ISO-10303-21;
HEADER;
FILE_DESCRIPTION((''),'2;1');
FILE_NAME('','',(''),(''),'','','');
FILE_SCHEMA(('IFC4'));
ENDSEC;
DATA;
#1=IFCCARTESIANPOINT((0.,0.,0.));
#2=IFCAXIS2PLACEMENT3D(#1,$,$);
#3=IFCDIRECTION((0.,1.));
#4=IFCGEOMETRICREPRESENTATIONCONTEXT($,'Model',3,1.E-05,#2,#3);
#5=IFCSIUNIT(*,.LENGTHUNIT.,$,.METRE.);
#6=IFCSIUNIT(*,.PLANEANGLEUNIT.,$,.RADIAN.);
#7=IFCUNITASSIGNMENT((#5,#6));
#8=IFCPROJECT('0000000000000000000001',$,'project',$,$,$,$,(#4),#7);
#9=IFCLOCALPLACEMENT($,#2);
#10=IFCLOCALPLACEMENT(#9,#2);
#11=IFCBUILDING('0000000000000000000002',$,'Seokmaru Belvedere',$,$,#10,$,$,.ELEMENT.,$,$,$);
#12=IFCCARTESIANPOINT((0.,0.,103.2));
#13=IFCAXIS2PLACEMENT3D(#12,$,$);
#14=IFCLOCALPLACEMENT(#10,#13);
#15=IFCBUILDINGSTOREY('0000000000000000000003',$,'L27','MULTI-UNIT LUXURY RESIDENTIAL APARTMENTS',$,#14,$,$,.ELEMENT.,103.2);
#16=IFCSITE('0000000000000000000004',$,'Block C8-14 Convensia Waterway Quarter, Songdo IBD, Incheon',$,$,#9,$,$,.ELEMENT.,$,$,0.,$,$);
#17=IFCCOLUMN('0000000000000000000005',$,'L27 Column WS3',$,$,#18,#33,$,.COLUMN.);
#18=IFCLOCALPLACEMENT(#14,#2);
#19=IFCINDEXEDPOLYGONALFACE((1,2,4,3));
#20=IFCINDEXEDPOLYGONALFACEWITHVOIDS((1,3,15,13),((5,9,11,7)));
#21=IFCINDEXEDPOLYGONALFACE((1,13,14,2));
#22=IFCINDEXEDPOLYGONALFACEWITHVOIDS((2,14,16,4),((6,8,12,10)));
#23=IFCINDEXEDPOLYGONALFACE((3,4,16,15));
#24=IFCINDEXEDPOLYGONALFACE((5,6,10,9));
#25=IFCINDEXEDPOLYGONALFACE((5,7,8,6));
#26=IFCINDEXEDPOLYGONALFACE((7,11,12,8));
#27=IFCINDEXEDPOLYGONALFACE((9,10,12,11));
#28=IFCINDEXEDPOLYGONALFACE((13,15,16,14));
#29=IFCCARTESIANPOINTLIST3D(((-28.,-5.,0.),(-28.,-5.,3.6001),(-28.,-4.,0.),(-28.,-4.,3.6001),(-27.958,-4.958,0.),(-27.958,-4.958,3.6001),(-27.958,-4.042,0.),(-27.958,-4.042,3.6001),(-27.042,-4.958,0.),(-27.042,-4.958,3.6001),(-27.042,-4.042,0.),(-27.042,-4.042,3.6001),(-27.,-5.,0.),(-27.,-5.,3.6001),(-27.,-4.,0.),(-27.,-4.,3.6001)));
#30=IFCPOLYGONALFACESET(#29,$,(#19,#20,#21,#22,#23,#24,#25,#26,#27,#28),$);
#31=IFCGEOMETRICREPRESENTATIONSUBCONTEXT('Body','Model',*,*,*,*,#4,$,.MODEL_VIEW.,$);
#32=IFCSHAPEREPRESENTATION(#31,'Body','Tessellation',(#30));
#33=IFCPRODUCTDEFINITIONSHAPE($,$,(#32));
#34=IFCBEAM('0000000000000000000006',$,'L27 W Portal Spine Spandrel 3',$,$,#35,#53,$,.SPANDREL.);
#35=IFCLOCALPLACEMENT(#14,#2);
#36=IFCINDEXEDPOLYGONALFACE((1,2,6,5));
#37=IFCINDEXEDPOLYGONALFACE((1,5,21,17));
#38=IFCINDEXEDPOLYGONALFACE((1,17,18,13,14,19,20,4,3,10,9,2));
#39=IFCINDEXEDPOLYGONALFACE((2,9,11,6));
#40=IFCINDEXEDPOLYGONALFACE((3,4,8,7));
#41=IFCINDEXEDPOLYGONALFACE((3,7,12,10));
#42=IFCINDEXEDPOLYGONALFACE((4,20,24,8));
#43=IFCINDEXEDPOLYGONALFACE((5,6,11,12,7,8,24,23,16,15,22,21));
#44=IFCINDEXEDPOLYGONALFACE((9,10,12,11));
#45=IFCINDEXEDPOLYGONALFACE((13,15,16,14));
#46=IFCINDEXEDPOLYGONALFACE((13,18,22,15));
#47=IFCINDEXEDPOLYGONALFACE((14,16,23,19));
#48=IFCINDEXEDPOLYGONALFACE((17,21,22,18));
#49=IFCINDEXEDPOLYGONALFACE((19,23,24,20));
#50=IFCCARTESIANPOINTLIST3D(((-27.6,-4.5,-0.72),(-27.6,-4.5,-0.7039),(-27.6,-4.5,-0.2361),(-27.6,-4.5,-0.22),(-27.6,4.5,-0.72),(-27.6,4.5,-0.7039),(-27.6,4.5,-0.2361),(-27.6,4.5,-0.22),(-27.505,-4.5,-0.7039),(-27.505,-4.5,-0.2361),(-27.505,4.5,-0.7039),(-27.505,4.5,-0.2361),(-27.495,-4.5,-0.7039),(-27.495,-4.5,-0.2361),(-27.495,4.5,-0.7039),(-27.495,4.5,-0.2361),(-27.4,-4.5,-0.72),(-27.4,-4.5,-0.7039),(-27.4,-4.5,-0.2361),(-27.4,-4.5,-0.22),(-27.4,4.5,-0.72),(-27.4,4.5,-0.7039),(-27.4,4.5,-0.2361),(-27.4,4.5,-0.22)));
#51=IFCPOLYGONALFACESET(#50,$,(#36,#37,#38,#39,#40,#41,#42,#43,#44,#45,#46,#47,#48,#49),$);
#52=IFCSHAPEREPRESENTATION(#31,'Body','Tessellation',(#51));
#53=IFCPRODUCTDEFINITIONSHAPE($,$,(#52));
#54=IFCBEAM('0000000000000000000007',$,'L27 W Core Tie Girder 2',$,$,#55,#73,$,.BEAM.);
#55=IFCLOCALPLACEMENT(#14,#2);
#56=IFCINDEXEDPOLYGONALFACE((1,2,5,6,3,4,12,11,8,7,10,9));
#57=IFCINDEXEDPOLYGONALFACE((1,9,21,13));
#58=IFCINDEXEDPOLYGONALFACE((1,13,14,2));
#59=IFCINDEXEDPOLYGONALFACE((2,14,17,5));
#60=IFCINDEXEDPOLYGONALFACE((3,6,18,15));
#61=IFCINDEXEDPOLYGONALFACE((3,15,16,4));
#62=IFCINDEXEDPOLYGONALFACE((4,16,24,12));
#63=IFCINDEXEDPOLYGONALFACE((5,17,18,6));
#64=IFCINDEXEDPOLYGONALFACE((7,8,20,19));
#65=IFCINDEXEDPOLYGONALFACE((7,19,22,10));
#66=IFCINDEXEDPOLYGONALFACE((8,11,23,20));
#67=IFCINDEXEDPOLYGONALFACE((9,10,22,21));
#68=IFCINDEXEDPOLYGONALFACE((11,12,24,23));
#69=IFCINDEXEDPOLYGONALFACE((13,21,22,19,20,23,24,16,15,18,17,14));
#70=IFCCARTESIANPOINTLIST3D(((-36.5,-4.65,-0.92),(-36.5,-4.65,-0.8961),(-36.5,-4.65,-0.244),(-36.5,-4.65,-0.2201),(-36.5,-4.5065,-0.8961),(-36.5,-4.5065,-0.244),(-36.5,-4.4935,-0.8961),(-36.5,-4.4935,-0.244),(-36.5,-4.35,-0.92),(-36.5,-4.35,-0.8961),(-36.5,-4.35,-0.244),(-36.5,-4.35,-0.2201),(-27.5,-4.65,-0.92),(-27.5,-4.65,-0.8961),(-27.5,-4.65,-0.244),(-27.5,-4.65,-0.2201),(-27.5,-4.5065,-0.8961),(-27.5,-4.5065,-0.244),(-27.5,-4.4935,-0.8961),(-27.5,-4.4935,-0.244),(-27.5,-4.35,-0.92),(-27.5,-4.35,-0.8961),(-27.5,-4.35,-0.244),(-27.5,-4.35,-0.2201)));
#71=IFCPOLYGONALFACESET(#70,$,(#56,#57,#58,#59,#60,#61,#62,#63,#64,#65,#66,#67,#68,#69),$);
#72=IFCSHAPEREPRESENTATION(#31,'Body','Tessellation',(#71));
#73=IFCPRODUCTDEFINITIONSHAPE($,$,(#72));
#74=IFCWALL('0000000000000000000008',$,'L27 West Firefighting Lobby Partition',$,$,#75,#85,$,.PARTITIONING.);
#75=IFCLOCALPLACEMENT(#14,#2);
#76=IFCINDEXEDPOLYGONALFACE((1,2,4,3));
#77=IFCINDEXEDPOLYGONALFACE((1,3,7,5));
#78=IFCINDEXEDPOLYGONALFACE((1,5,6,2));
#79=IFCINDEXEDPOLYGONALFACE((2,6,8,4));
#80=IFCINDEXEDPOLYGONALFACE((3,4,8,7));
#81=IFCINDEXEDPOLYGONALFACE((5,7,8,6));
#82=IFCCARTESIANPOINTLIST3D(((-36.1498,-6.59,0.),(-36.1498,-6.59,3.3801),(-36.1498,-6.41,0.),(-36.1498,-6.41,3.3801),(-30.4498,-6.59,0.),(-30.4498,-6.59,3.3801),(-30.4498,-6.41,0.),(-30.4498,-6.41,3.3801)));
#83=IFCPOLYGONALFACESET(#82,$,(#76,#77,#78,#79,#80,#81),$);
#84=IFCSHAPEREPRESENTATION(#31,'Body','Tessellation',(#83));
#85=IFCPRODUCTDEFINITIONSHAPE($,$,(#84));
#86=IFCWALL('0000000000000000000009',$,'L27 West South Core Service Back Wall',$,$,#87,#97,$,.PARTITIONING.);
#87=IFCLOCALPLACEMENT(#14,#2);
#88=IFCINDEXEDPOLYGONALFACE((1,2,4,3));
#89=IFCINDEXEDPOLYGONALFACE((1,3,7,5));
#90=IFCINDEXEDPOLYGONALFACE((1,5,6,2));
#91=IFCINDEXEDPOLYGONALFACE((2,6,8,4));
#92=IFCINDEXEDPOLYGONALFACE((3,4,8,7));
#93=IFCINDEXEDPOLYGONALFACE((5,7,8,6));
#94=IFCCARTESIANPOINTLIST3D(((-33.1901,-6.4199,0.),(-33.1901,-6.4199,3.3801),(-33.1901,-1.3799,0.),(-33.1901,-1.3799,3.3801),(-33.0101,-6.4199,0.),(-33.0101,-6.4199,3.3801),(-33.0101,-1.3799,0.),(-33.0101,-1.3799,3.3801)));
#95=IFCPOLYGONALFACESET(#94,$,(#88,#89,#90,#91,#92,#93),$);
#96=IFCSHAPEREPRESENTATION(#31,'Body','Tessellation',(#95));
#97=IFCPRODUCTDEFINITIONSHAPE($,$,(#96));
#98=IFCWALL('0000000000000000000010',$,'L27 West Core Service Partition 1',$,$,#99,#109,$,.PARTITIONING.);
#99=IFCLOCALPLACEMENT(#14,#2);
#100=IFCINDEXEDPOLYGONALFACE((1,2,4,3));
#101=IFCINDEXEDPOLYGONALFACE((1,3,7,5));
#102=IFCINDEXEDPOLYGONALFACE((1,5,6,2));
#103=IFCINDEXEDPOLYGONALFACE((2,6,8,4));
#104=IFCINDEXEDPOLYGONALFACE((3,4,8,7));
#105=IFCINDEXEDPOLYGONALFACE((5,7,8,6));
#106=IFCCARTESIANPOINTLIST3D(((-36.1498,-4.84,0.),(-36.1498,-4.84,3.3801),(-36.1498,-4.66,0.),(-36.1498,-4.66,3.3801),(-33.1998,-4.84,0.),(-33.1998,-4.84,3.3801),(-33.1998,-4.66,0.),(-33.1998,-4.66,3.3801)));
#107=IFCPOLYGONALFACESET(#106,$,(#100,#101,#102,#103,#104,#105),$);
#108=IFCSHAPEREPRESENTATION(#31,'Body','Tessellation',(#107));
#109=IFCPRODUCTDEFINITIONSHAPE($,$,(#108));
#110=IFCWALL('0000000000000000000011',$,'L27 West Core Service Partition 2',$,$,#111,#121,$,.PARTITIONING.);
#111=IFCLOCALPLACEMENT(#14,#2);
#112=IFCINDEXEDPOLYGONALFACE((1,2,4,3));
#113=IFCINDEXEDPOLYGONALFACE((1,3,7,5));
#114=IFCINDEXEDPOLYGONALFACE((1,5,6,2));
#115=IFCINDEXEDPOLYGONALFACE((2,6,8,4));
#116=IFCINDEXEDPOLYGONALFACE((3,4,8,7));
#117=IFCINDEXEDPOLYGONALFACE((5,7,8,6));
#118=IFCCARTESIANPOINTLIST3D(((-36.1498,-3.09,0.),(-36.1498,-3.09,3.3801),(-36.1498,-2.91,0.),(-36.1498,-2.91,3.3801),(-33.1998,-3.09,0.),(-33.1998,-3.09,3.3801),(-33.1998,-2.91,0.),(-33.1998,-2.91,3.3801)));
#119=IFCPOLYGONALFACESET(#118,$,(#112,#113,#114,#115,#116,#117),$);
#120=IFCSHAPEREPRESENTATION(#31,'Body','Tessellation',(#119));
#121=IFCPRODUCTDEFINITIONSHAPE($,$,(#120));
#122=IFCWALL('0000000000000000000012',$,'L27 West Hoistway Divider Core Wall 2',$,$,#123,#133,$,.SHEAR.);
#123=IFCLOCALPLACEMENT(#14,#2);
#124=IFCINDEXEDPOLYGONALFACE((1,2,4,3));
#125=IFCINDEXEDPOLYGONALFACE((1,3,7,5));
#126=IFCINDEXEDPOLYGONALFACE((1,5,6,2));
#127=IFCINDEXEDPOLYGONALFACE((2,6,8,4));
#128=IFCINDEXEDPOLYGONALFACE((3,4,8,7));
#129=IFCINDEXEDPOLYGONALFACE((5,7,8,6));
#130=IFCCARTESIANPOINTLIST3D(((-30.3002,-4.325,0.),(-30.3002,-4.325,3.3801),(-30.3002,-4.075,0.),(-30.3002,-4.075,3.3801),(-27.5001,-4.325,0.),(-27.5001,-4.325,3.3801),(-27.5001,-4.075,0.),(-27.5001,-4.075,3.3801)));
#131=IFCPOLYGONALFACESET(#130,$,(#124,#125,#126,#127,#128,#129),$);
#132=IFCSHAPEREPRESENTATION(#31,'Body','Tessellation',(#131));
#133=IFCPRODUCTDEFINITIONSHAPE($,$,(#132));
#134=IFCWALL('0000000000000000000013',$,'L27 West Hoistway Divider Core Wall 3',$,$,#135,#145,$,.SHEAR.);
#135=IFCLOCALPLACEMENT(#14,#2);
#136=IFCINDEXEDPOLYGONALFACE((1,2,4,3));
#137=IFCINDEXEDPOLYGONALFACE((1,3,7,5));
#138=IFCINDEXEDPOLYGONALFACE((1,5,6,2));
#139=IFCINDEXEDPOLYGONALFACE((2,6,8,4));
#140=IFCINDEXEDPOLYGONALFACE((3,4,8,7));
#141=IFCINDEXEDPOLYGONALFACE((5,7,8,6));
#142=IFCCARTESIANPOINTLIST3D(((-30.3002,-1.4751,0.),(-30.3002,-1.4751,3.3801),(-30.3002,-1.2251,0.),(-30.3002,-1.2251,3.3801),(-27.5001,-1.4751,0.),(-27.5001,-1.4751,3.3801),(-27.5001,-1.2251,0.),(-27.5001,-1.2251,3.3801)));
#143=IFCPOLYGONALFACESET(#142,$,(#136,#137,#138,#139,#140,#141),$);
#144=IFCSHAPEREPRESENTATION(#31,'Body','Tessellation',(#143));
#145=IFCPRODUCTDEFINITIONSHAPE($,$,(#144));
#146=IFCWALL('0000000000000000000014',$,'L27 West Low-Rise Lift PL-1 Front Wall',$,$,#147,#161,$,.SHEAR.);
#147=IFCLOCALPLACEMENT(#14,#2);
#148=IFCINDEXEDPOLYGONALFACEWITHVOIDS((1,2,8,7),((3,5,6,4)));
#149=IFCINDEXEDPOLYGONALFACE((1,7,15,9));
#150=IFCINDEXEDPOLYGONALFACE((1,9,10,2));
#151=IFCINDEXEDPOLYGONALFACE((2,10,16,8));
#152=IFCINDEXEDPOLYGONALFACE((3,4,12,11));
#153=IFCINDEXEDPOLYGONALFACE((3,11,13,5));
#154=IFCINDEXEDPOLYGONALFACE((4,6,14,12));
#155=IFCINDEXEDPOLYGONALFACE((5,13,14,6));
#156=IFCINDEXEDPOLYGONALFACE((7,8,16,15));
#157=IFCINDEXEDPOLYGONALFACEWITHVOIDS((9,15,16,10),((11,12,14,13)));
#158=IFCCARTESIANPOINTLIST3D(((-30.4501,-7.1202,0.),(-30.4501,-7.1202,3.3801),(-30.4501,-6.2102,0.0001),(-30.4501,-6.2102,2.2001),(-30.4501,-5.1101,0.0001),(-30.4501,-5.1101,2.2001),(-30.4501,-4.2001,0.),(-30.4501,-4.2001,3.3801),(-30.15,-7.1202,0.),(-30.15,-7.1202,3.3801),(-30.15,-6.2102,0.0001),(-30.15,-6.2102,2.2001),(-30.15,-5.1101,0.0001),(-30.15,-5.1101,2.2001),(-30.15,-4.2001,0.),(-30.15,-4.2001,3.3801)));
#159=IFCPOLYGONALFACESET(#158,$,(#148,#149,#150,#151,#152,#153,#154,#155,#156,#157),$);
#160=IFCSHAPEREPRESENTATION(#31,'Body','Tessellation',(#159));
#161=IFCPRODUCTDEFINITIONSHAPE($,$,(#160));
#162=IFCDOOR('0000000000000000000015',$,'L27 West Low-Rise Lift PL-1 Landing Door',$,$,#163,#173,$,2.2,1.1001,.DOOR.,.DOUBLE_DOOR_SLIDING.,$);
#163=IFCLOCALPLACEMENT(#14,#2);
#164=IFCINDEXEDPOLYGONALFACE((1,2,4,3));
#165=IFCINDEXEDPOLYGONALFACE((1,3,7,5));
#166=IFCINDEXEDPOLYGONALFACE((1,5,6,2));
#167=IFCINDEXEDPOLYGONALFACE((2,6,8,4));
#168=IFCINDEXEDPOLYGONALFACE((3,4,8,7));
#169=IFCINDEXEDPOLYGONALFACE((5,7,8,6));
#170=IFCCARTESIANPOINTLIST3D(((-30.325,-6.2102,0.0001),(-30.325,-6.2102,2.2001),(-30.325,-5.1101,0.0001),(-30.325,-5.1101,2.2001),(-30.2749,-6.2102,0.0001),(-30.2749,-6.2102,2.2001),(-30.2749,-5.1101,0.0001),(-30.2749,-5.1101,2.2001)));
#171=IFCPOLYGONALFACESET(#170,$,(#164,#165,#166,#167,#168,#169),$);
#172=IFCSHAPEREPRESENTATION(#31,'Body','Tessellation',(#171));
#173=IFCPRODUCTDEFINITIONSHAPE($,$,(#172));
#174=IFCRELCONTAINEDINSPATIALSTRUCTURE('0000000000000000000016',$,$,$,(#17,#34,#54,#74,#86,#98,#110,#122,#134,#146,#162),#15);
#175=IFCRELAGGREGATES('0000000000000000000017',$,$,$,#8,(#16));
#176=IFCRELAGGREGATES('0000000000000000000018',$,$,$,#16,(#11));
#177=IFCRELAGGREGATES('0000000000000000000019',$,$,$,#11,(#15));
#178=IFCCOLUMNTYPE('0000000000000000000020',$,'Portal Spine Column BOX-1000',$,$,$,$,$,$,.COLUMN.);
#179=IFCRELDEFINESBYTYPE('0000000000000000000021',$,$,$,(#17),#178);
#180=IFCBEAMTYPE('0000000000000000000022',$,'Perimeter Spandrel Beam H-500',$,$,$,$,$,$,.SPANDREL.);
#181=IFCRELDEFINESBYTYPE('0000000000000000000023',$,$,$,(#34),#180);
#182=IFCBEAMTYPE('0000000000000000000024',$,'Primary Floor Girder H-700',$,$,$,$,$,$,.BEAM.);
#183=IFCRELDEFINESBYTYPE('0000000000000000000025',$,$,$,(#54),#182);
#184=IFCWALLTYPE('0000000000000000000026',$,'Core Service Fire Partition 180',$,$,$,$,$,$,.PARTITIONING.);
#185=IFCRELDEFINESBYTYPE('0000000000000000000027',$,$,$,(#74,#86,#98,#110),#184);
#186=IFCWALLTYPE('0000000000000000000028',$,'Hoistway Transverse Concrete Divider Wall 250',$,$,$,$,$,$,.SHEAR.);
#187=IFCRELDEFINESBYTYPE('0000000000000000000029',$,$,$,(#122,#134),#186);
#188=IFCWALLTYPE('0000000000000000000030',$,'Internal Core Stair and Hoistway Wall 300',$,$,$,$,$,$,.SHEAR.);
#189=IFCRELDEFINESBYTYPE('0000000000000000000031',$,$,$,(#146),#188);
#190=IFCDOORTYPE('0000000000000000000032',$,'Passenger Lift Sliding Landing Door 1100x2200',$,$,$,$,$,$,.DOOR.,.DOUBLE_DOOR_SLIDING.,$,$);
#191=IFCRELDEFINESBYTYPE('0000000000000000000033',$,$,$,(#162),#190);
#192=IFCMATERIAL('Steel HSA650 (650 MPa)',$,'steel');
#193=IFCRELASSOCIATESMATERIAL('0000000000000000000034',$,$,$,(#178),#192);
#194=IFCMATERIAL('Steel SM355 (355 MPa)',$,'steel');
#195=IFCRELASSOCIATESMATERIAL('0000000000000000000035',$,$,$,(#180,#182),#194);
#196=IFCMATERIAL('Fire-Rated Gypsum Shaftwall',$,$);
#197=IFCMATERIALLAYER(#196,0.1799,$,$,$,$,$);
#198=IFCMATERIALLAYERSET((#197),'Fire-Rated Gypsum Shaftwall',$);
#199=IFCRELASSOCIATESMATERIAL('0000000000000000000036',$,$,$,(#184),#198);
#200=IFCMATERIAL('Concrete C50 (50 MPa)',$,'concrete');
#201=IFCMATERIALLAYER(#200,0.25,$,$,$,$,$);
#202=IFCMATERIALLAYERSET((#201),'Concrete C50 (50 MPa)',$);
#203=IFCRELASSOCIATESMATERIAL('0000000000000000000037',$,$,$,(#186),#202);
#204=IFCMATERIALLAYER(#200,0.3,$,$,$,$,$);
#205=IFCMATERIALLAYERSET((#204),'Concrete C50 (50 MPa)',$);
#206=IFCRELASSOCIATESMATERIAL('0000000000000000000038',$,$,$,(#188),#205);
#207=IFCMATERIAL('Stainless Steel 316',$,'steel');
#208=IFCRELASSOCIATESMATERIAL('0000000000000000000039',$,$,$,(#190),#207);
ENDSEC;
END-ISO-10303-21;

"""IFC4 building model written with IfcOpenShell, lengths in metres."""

from ifc_helpers import new_model, si_unit, direction, frame, frame_2d, origin, origin_2d, place, context, subcontext, project, spatial, rectangle, hollow_rectangle, i_section, extrude, source, transform, mapped, material, layer, layer_set, material_profile, profile_set, type_object, type_shapes, element, fill, save


model = new_model("IFC4")

# Units and contexts
model_context = context("Model", 3, precision=1e-05, world=origin(), true_north=direction((0.0, 1.0)))
body_context = subcontext(model_context, "Body", "Model", "MODEL_VIEW")
ifc_project = project(units=[si_unit("LENGTHUNIT", "METRE"), si_unit("PLANEANGLEUNIT", "RADIAN")], contexts=[model_context])

# Site, building, storey
site_placement = place(None, origin())
site = spatial("IfcSite", under=ifc_project, at=site_placement, Name="Block C8-14 Convensia Waterway Quarter, Songdo IBD, Incheon", CompositionType="ELEMENT", RefElevation=0.0)
building_placement = place(site_placement, origin())
building = spatial("IfcBuilding", under=site, at=building_placement, Name="Seokmaru Belvedere", CompositionType="ELEMENT")
storey_placement = place(building_placement, frame((0.0, 0.0, 103.2)))
storey = spatial("IfcBuildingStorey", under=building, at=storey_placement, Name="L27", Description="MULTI-UNIT LUXURY RESIDENTIAL APARTMENTS", CompositionType="ELEMENT", Elevation=103.2)

# Column
ifc_material_1 = material(Name="Steel HSA650 (650 MPa)", Category="steel")
ifc_material_profile_1 = material_profile(ifc_material_1, hollow_rectangle(XDim=1.0, YDim=1.0, WallThickness=0.042, at=origin_2d()), Name="BOX-1000x1000x42")
ifc_profile_set_1 = profile_set([ifc_material_profile_1], Name="Steel HSA650 (650 MPa)")
column_type = type_object("IfcColumnType", Name="Portal Spine Column BOX-1000", PredefinedType="COLUMN", material=ifc_profile_set_1)
shared_shape_1 = source(origin(), body_context, "Body", "SweptSolid", [
    extrude(hollow_rectangle(XDim=1.0, YDim=1.0, WallThickness=0.042, at=origin_2d()), origin(), (0.0, 0.0, 1.0), 3.6001),
])
type_shapes(column_type, [shared_shape_1])
column_placement = place(storey_placement, frame((-27.5, -4.5, 0.0), z_axis=(0.0, 0.0, 1.0), x_axis=(1.0, 0.0, 0.0)))
element("IfcColumn", 1, at=column_placement, inside=storey, type_object=column_type, Name="L27 Column WS3", PredefinedType="COLUMN", context=body_context, shape_type="MappedRepresentation", body=[
    mapped(shared_shape_1, transform((0.0, 0.0, 0.0), scale=1.0)),
])

# Beams
ifc_material_2 = material(Name="Steel SM355 (355 MPa)", Category="steel")
ifc_material_profile_2 = material_profile(ifc_material_2, i_section(OverallWidth=0.2, OverallDepth=0.5, WebThickness=0.01, FlangeThickness=0.0161, at=origin_2d()), Name="H-500x200x10x16")
ifc_profile_set_2 = profile_set([ifc_material_profile_2], Name="Steel SM355 (355 MPa)")
beam_type_1 = type_object("IfcBeamType", Name="Perimeter Spandrel Beam H-500", PredefinedType="SPANDREL", material=ifc_profile_set_2)
shared_shape_2 = source(origin(), body_context, "Body", "SweptSolid", [
    extrude(i_section(OverallWidth=0.2, OverallDepth=0.5, WebThickness=0.01, FlangeThickness=0.0161, at=origin_2d()), origin(), (0.0, 0.0, 1.0), 9.0),
])
type_shapes(beam_type_1, [shared_shape_2])
beam_1_placement = place(storey_placement, frame((-27.5, -4.5, -0.47), z_axis=(0.0, 1.0, 0.0), x_axis=(-1.0, 0.0, 0.0)))
element("IfcBeam", 2, at=beam_1_placement, inside=storey, type_object=beam_type_1, Name="L27 W Portal Spine Spandrel 3", PredefinedType="SPANDREL", context=body_context, shape_type="MappedRepresentation", body=[
    mapped(shared_shape_2, transform((0.0, 0.0, 0.0), scale=1.0)),
])
ifc_material_profile_3 = material_profile(ifc_material_2, i_section(OverallWidth=0.3, OverallDepth=0.7, WebThickness=0.0129, FlangeThickness=0.0239, at=origin_2d()), Name="H-700x300x13x24")
ifc_profile_set_3 = profile_set([ifc_material_profile_3], Name="Steel SM355 (355 MPa)")
beam_type_2 = type_object("IfcBeamType", Name="Primary Floor Girder H-700", PredefinedType="BEAM", material=ifc_profile_set_3)
shared_shape_3 = source(origin(), body_context, "Body", "SweptSolid", [
    extrude(i_section(OverallWidth=0.3, OverallDepth=0.7, WebThickness=0.0129, FlangeThickness=0.0239, at=origin_2d()), origin(), (0.0, 0.0, 1.0), 9.0),
])
type_shapes(beam_type_2, [shared_shape_3])
beam_2_placement = place(storey_placement, frame((-36.5, -4.5, -0.5701), z_axis=(1.0, 0.0, 0.0), x_axis=(0.0, 1.0, 0.0)))
element("IfcBeam", 3, at=beam_2_placement, inside=storey, type_object=beam_type_2, Name="L27 W Core Tie Girder 2", PredefinedType="BEAM", context=body_context, shape_type="MappedRepresentation", body=[
    mapped(shared_shape_3, transform((0.0, 0.0, 0.0), scale=1.0)),
])

# Walls
ifc_material_3 = material(Name="Fire-Rated Gypsum Shaftwall")
ifc_layer_1 = layer(ifc_material_3, 0.1799)
ifc_layer_set_1 = layer_set([ifc_layer_1], Name="Fire-Rated Gypsum Shaftwall")
wall_type_1 = type_object("IfcWallType", Name="Core Service Fire Partition 180", PredefinedType="PARTITIONING", material=ifc_layer_set_1)
wall_1_placement = place(storey_placement, frame((-36.1499, -6.5, 0.0), z_axis=(0.0, 0.0, 1.0), x_axis=(1.0, 0.0, 0.0)))
element("IfcWall", 4, at=wall_1_placement, inside=storey, type_object=wall_type_1, Name="L27 West Firefighting Lobby Partition", PredefinedType="PARTITIONING", context=body_context, shape_type="SweptSolid", body=[
    extrude(rectangle(XDim=5.7, YDim=0.1799, at=frame_2d((2.8501, 0.0))), origin(), (0.0, 0.0, 1.0), 3.3801),
])
wall_2_placement = place(storey_placement, frame((-33.1001, -6.4199, 0.0), z_axis=(0.0, 0.0, 1.0), x_axis=(0.0, 1.0, 0.0)))
element("IfcWall", 5, at=wall_2_placement, inside=storey, type_object=wall_type_1, Name="L27 West South Core Service Back Wall", PredefinedType="PARTITIONING", context=body_context, shape_type="SweptSolid", body=[
    extrude(rectangle(XDim=5.04, YDim=0.1799, at=frame_2d((2.52, 0.0))), origin(), (0.0, 0.0, 1.0), 3.3801),
])
for number, where, z_axis, x_axis, name in (
    (6, (-36.1499, -4.75, 0.0), (0.0, 0.0, 1.0), (1.0, 0.0, 0.0), "L27 West Core Service Partition 1"),
    (7, (-36.1499, -3.0, 0.0), (0.0, 0.0, 1.0), (1.0, 0.0, 0.0), "L27 West Core Service Partition 2"),
):
    element("IfcWall", number, at=place(storey_placement, frame(where, z_axis=z_axis, x_axis=x_axis)), inside=storey, type_object=wall_type_1, Name=name, PredefinedType="PARTITIONING", context=body_context, shape_type="SweptSolid", body=[
        extrude(rectangle(XDim=2.95, YDim=0.1799, at=frame_2d((1.4751, 0.0))), origin(), (0.0, 0.0, 1.0), 3.3801),
    ])
ifc_material_4 = material(Name="Concrete C50 (50 MPa)", Category="concrete")
ifc_layer_2 = layer(ifc_material_4, 0.25)
ifc_layer_set_2 = layer_set([ifc_layer_2], Name="Concrete C50 (50 MPa)")
wall_type_2 = type_object("IfcWallType", Name="Hoistway Transverse Concrete Divider Wall 250", PredefinedType="SHEAR", material=ifc_layer_set_2)
for number, where, z_axis, x_axis, name in (
    (8, (-30.3, -4.2, 0.0), (0.0, 0.0, 1.0), (1.0, 0.0, 0.0), "L27 West Hoistway Divider Core Wall 2"),
    (9, (-30.3, -1.3501, 0.0), (0.0, 0.0, 1.0), (1.0, 0.0, 0.0), "L27 West Hoistway Divider Core Wall 3"),
):
    element("IfcWall", number, at=place(storey_placement, frame(where, z_axis=z_axis, x_axis=x_axis)), inside=storey, type_object=wall_type_2, Name=name, PredefinedType="SHEAR", context=body_context, shape_type="SweptSolid", body=[
        extrude(rectangle(XDim=2.8, YDim=0.25, at=frame_2d((1.3999, 0.0))), origin(), (0.0, 0.0, 1.0), 3.3801),
    ])

# Wall, opening, door
ifc_layer_3 = layer(ifc_material_4, 0.3)
ifc_layer_set_3 = layer_set([ifc_layer_3], Name="Concrete C50 (50 MPa)")
wall_type_3 = type_object("IfcWallType", Name="Internal Core Stair and Hoistway Wall 300", PredefinedType="SHEAR", material=ifc_layer_set_3)
wall_3_placement = place(storey_placement, frame((-30.3, -7.1201, 0.0), z_axis=(0.0, 0.0, 1.0), x_axis=(0.0, 1.0, 0.0)))
wall_3 = element("IfcWall", 10, at=wall_3_placement, inside=storey, type_object=wall_type_3, Name="L27 West Low-Rise Lift PL-1 Front Wall", PredefinedType="SHEAR", context=body_context, shape_type="SweptSolid", body=[
    extrude(rectangle(XDim=2.9202, YDim=0.3, at=frame_2d((1.46, 0.0))), origin(), (0.0, 0.0, 1.0), 3.3801),
])
opening_1_placement = place(wall_3_placement, frame((0.9099, 0.0, 0.0)))
opening_1 = element("IfcOpeningElement", 11, at=opening_1_placement, cuts=wall_3, PredefinedType="OPENING", context=body_context, shape_type="SweptSolid", body=[
    extrude(rectangle(XDim=1.1001, YDim=2.2, at=frame_2d((0.55, 1.1001))), frame((0.0, 0.1602, 0.0), z_axis=(0.0, -1.0, 0.0), x_axis=(1.0, 0.0, 0.0)), (0.0, 0.0, 1.0), 0.3201),
])
ifc_material_5 = material(Name="Stainless Steel 316", Category="steel")
door_type_1 = type_object("IfcDoorType", Name="Passenger Lift Sliding Landing Door 1100x2200", OperationType="DOUBLE_DOOR_SLIDING", PredefinedType="DOOR", material=ifc_material_5)
shared_shape_4 = source(origin(), body_context, "Body", "SweptSolid", [
    extrude(rectangle(XDim=1.1001, YDim=2.2, at=frame_2d((0.55, 1.1001))), frame((0.0, 0.0249, 0.0), z_axis=(0.0, -1.0, 0.0), x_axis=(1.0, 0.0, 0.0)), (0.0, 0.0, 1.0), 0.05),
])
type_shapes(door_type_1, [shared_shape_4])
door_1_placement = place(opening_1_placement, origin())
door_1 = element("IfcDoor", 12, at=door_1_placement, inside=storey, type_object=door_type_1, Name="L27 West Low-Rise Lift PL-1 Landing Door", OperationType="DOUBLE_DOOR_SLIDING", OverallHeight=2.2, OverallWidth=1.1001, PredefinedType="DOOR", context=body_context, shape_type="MappedRepresentation", body=[
    mapped(shared_shape_4, transform((0.0, 0.0, 0.0), scale=1.0)),
])
fill(opening_1, door_1)

save(model, "model.ifc")
